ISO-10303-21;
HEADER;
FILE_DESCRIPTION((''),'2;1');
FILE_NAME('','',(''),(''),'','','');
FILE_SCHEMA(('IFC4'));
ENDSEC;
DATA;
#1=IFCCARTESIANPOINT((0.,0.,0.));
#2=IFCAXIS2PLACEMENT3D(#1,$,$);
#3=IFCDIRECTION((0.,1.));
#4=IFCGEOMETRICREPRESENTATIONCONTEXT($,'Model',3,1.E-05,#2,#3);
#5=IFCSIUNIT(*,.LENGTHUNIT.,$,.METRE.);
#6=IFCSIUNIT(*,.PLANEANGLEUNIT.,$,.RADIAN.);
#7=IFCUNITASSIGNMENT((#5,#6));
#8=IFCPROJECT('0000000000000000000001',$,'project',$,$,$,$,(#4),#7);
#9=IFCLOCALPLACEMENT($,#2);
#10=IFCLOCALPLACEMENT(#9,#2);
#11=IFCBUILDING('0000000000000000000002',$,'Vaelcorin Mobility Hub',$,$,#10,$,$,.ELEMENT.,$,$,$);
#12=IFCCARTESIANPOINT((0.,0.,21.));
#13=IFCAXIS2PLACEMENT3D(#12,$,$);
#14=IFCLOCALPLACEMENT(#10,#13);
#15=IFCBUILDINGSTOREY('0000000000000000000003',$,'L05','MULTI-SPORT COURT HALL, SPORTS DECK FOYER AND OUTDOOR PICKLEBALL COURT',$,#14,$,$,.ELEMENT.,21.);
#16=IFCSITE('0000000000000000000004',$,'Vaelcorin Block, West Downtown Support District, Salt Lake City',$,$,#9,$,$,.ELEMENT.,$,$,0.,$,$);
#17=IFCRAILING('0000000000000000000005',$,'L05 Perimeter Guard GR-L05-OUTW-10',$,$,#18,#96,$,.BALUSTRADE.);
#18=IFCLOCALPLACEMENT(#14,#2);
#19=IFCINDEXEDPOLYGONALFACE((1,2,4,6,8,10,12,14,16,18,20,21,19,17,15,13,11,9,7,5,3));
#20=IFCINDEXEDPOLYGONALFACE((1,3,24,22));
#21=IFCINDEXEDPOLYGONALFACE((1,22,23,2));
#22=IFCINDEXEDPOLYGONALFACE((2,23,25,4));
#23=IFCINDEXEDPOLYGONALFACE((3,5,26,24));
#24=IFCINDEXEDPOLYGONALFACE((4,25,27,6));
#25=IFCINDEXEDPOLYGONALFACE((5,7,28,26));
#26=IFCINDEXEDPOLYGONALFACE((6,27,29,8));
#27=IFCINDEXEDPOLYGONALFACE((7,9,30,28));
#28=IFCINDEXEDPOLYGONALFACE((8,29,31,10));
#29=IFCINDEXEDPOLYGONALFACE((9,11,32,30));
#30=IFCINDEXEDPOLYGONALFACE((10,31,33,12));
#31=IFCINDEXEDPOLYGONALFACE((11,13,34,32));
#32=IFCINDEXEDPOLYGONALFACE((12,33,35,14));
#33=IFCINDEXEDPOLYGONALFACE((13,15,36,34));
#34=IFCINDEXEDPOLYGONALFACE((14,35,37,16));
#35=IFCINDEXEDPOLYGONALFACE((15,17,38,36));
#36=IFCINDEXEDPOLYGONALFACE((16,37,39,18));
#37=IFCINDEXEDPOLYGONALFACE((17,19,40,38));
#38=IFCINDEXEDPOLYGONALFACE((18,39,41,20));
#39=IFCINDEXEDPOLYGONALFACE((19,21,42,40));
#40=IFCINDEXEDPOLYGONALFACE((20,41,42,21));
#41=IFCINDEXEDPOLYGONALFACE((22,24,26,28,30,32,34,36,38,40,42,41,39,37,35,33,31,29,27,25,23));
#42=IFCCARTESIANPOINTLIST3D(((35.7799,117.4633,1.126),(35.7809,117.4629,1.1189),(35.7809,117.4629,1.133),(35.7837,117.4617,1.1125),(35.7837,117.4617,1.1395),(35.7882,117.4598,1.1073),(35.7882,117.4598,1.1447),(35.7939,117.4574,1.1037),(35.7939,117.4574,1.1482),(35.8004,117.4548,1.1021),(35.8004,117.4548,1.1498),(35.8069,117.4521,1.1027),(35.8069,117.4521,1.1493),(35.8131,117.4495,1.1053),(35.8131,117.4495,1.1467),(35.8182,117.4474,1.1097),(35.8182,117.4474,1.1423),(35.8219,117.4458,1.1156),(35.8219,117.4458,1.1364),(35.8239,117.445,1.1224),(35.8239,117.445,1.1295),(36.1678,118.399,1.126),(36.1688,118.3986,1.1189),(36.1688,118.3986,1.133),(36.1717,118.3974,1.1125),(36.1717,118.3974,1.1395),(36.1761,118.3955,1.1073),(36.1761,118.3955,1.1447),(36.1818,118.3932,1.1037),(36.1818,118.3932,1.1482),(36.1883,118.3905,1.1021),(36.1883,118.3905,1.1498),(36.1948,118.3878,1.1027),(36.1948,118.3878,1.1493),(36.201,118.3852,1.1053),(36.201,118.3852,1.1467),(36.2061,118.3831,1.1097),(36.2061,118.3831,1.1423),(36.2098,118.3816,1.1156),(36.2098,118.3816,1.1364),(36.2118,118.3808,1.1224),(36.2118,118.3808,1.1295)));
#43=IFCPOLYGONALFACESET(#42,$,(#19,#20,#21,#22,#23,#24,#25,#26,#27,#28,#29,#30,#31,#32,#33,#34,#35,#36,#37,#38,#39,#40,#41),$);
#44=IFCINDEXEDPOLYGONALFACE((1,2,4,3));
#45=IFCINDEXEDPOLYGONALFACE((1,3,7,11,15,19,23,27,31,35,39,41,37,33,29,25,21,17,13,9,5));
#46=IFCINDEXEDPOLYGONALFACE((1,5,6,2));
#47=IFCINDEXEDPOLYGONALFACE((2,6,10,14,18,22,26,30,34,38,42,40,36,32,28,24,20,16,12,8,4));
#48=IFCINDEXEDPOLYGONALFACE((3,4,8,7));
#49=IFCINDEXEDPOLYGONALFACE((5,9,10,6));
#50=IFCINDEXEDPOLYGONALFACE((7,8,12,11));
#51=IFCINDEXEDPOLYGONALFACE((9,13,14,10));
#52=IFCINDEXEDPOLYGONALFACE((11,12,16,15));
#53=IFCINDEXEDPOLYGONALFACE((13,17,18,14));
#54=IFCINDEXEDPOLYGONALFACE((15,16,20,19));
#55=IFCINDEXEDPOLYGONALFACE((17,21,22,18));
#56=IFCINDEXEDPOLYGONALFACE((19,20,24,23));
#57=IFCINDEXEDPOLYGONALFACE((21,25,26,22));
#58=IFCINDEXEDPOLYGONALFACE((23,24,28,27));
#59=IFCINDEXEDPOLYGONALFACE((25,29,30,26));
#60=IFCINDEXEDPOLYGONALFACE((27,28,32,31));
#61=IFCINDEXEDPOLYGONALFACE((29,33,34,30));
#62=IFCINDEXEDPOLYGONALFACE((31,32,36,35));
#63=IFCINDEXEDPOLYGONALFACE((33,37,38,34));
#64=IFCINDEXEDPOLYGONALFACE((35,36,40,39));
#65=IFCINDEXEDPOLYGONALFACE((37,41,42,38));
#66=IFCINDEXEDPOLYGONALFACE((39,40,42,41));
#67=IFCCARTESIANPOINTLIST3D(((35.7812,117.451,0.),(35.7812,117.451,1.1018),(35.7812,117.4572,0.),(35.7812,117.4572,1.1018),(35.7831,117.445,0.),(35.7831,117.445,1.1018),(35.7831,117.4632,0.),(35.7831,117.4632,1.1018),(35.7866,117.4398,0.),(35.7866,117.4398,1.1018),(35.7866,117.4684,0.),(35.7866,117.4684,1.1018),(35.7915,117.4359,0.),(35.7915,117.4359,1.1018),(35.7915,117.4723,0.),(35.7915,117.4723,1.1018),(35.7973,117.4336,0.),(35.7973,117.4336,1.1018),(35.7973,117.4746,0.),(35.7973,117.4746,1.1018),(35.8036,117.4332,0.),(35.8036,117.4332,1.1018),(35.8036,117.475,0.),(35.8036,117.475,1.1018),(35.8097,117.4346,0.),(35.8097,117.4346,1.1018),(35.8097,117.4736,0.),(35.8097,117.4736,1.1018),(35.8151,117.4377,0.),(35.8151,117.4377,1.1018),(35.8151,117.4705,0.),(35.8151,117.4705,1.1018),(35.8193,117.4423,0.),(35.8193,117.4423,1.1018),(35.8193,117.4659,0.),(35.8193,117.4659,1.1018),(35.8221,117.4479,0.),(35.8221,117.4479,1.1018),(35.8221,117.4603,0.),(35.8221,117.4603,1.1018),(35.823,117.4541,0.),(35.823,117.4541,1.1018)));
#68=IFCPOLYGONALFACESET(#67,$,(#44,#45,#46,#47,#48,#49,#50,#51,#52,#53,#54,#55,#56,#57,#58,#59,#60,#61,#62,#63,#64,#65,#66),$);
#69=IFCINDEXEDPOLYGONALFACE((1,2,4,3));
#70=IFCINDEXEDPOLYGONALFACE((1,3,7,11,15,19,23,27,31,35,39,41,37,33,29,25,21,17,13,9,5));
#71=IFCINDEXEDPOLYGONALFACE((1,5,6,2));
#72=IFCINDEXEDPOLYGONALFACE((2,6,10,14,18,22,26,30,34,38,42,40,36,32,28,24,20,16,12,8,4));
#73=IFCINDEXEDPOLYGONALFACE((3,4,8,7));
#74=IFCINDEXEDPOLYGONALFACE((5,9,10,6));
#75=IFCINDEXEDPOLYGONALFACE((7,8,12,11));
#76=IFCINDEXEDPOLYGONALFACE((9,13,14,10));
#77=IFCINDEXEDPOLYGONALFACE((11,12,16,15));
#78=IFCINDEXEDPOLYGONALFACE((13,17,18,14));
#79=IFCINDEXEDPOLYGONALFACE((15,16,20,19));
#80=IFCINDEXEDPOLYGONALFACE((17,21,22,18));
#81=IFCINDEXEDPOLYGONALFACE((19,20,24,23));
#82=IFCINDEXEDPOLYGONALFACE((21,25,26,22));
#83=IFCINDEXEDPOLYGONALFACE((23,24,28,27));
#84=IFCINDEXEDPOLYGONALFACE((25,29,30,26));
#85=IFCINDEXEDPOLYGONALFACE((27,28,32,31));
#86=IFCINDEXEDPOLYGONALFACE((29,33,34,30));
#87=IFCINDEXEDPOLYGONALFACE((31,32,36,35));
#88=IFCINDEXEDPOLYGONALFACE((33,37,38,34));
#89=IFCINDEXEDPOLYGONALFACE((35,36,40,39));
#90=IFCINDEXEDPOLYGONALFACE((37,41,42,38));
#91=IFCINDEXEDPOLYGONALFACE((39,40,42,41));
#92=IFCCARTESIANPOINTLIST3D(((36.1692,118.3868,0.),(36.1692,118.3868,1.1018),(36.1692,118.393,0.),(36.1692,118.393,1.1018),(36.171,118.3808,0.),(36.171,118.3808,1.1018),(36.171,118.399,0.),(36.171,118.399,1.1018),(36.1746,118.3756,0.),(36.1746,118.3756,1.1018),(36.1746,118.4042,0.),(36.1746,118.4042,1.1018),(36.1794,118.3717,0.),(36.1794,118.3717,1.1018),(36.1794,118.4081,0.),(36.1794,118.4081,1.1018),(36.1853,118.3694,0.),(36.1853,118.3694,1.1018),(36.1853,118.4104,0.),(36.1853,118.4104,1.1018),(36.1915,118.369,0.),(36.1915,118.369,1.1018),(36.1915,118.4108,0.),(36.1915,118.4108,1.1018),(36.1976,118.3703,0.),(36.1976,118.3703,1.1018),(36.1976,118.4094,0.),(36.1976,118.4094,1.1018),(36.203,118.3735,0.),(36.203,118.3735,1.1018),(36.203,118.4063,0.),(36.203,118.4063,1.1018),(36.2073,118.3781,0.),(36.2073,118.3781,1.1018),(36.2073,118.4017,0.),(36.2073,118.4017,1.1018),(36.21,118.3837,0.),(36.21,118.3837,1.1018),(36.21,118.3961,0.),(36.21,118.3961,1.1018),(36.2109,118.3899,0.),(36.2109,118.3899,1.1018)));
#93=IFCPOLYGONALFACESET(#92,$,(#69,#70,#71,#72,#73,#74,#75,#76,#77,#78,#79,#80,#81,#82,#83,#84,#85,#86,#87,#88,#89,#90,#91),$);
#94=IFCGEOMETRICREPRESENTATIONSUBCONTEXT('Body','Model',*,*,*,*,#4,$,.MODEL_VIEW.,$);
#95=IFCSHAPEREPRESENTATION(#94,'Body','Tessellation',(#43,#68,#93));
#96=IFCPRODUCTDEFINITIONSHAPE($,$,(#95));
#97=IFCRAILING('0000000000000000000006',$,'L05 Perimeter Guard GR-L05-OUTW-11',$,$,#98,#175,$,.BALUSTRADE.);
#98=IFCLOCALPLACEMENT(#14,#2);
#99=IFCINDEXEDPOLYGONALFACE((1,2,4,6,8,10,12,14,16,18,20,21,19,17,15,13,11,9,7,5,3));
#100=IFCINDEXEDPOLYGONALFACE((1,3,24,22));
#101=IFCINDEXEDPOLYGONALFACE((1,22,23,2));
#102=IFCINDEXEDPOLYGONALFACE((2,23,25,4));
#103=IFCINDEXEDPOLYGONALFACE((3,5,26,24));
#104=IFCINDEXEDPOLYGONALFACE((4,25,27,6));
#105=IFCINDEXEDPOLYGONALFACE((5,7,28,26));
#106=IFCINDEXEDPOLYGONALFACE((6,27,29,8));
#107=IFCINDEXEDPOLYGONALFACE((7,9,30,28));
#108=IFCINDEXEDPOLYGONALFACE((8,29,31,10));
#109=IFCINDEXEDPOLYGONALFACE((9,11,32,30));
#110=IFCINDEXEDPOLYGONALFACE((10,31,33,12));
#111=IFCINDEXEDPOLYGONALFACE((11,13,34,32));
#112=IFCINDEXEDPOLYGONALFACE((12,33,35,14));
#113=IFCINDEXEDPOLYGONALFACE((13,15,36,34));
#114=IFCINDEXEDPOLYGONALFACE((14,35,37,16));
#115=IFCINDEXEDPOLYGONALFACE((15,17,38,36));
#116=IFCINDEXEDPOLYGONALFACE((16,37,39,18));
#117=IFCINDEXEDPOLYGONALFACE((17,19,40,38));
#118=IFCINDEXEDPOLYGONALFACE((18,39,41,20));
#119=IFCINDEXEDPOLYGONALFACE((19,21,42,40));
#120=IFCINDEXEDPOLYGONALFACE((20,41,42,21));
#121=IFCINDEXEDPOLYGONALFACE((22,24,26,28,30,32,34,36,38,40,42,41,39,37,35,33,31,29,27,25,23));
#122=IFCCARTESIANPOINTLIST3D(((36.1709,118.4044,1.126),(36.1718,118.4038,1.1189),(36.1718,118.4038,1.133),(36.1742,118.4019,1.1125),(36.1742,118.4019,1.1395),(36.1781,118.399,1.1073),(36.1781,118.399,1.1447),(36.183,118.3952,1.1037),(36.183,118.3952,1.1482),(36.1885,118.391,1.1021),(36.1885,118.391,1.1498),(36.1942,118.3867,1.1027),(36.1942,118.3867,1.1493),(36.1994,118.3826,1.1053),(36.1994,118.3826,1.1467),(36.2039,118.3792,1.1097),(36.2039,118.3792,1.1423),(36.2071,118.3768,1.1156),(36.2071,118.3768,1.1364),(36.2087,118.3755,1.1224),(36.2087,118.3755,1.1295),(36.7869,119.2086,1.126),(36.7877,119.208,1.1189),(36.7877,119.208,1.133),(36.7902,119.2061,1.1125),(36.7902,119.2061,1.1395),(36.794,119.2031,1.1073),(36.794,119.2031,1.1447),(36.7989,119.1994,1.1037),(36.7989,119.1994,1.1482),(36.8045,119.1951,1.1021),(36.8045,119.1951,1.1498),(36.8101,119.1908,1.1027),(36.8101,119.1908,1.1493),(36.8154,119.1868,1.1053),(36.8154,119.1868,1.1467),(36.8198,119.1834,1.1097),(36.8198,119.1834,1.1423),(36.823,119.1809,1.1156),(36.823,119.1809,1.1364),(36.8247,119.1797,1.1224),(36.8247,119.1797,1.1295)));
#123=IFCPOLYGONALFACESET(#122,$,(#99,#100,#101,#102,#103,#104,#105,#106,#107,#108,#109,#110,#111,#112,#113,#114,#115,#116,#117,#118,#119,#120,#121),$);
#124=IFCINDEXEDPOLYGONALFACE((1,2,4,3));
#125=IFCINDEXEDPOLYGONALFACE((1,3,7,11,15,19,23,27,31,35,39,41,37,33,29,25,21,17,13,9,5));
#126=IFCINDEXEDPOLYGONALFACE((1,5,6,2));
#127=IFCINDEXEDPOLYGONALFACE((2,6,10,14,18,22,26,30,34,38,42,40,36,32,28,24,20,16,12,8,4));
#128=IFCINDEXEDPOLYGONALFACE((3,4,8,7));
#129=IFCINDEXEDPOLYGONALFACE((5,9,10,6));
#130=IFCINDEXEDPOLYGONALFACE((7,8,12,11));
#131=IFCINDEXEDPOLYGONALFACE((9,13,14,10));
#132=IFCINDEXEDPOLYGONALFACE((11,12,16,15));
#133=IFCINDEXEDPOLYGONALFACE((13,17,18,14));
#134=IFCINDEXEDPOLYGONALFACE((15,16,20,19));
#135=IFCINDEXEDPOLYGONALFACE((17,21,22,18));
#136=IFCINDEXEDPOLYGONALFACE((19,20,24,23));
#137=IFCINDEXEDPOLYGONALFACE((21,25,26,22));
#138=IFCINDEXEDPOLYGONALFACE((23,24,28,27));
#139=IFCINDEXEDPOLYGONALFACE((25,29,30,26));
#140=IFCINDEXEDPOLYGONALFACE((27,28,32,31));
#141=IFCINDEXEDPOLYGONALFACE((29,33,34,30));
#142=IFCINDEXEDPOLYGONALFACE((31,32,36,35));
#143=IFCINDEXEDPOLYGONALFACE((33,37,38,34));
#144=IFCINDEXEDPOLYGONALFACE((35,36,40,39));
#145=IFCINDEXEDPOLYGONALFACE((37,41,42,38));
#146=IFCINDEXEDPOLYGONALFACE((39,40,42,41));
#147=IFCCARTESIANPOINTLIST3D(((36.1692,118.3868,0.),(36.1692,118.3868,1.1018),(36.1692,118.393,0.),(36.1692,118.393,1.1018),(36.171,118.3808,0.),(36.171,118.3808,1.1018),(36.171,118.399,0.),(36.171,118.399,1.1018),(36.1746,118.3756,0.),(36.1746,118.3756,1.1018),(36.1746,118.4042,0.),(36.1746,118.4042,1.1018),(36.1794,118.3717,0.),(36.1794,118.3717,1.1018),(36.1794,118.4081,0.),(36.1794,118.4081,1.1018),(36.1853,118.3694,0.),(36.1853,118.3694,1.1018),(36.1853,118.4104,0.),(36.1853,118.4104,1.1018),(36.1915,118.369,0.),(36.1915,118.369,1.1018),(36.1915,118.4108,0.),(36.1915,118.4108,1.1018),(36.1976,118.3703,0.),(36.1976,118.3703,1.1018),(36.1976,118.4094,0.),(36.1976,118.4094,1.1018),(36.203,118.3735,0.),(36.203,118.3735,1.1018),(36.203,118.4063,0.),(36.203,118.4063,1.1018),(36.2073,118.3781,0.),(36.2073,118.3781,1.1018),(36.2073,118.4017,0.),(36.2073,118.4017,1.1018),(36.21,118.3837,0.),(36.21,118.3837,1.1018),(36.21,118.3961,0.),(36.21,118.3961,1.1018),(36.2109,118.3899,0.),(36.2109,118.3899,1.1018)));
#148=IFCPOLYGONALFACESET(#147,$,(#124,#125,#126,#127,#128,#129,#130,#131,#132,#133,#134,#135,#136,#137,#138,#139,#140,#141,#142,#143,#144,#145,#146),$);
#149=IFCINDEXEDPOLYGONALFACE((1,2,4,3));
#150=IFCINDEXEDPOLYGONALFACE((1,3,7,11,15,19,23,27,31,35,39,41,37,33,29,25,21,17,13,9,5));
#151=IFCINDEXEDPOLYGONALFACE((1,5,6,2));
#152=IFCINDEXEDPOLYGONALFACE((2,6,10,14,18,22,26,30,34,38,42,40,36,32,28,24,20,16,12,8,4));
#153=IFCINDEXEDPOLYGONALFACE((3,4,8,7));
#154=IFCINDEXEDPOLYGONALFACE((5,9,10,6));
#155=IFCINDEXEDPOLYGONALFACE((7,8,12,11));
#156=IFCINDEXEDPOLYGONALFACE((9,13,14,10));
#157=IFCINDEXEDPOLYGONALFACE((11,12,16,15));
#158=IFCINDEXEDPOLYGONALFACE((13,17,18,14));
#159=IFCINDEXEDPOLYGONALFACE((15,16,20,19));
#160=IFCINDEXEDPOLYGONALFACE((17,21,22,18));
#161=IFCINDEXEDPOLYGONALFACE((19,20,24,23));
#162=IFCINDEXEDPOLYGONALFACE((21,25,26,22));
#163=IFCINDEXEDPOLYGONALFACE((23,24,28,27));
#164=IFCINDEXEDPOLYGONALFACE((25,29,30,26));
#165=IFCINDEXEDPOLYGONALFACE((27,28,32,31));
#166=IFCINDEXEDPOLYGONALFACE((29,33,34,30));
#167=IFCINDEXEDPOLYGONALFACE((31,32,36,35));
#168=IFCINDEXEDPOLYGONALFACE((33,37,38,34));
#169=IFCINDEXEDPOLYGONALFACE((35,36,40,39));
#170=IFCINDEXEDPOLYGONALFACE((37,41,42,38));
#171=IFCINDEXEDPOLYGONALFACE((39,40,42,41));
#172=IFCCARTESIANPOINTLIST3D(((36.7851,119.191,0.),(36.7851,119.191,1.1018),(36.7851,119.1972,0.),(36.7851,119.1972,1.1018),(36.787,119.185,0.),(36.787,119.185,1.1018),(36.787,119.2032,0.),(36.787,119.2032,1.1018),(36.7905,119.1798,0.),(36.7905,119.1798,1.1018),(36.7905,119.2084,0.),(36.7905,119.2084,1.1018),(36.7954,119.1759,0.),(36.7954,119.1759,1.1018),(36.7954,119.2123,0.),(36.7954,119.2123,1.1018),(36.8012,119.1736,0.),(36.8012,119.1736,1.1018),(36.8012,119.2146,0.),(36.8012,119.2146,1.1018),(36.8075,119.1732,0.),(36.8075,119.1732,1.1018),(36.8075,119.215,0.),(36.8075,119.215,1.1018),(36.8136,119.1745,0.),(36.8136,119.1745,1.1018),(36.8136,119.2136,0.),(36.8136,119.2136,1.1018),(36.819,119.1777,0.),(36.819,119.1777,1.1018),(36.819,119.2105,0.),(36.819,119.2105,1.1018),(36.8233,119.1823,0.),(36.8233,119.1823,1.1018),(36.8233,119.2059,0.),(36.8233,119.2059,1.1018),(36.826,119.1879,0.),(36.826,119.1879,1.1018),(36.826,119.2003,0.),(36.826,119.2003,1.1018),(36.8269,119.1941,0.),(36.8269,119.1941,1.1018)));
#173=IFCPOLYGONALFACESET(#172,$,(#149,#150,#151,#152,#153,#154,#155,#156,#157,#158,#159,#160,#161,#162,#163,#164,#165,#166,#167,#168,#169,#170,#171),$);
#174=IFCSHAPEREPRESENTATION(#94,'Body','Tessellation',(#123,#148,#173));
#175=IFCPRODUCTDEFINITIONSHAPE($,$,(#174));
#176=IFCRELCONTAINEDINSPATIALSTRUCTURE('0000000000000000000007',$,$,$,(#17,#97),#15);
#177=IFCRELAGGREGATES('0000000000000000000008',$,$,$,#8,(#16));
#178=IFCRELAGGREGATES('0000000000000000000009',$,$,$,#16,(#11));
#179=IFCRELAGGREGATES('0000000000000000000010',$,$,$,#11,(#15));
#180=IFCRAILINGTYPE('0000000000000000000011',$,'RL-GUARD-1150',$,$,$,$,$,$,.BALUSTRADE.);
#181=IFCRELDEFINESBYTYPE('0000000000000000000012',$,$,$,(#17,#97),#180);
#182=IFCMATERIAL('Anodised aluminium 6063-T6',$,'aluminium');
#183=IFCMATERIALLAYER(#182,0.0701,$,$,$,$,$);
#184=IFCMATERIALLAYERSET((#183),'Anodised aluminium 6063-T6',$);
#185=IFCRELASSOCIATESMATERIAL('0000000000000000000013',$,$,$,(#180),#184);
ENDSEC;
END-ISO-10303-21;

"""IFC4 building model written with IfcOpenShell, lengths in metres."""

from ifc_helpers import new_model, si_unit, direction, frame, origin, origin_2d, place, context, subcontext, project, spatial, circle, extrude, material, layer, layer_set, type_object, element, save


model = new_model("IFC4")

# Units and contexts
model_context = context("Model", 3, precision=1e-05, world=origin(), true_north=direction((0.0, 1.0)))
body_context = subcontext(model_context, "Body", "Model", "MODEL_VIEW")
ifc_project = project(units=[si_unit("LENGTHUNIT", "METRE"), si_unit("PLANEANGLEUNIT", "RADIAN")], contexts=[model_context])

# Site, building, storey
site_placement = place(None, origin())
site = spatial("IfcSite", under=ifc_project, at=site_placement, Name="Vaelcorin Block, West Downtown Support District, Salt Lake City", CompositionType="ELEMENT", RefElevation=0.0)
building_placement = place(site_placement, origin())
building = spatial("IfcBuilding", under=site, at=building_placement, Name="Vaelcorin Mobility Hub", CompositionType="ELEMENT")
storey_placement = place(building_placement, frame((0.0, 0.0, 21.0)))
storey = spatial("IfcBuildingStorey", under=building, at=storey_placement, Name="L05", Description="MULTI-SPORT COURT HALL, SPORTS DECK FOYER AND OUTDOOR PICKLEBALL COURT", CompositionType="ELEMENT", Elevation=21.0)

# Shared definitions
ifc_material_1 = material(Name="Anodised aluminium 6063-T6", Category="aluminium")

# Railings
ifc_layer_1 = layer(ifc_material_1, 0.0701)
ifc_layer_set_1 = layer_set([ifc_layer_1], Name="Anodised aluminium 6063-T6")
railing_type = type_object("IfcRailingType", Name="RL-GUARD-1150", PredefinedType="BALUSTRADE", material=ifc_layer_set_1)
railing_1_placement = place(storey_placement, frame((35.802, 117.4541, 0.0)))
element("IfcRailing", 1, at=railing_1_placement, inside=storey, type_object=railing_type, Name="L05 Perimeter Guard GR-L05-OUTW-10", PredefinedType="BALUSTRADE", context=body_context, shape_type="SweptSolid", body=[
    extrude(circle(Radius=0.0239, at=origin_2d()), frame((0.0, 0.0, 1.126), z_axis=(0.382955, 0.923767, 0.0), x_axis=(-0.923767, 0.382955, 0.0)), (0.0, 0.0, 1.0), 1.0129),
    extrude(circle(Radius=0.021, at=origin_2d()), origin(), (0.0, 0.0, 1.0), 1.1018),
    extrude(circle(Radius=0.021, at=origin_2d()), frame((0.3879, 0.9358, 0.0)), (0.0, 0.0, 1.0), 1.1018),
])
railing_2_placement = place(storey_placement, frame((36.1899, 118.3899, 0.0)))
element("IfcRailing", 2, at=railing_2_placement, inside=storey, type_object=railing_type, Name="L05 Perimeter Guard GR-L05-OUTW-11", PredefinedType="BALUSTRADE", context=body_context, shape_type="SweptSolid", body=[
    extrude(circle(Radius=0.0239, at=origin_2d()), frame((0.0, 0.0, 1.126), z_axis=(0.608067, 0.793886, 0.0), x_axis=(-0.793886, 0.608067, 0.0)), (0.0, 0.0, 1.0), 1.0129),
    extrude(circle(Radius=0.021, at=origin_2d()), origin(), (0.0, 0.0, 1.0), 1.1018),
    extrude(circle(Radius=0.021, at=origin_2d()), frame((0.616, 0.8042, 0.0)), (0.0, 0.0, 1.0), 1.1018),
])

save(model, "model.ifc")
